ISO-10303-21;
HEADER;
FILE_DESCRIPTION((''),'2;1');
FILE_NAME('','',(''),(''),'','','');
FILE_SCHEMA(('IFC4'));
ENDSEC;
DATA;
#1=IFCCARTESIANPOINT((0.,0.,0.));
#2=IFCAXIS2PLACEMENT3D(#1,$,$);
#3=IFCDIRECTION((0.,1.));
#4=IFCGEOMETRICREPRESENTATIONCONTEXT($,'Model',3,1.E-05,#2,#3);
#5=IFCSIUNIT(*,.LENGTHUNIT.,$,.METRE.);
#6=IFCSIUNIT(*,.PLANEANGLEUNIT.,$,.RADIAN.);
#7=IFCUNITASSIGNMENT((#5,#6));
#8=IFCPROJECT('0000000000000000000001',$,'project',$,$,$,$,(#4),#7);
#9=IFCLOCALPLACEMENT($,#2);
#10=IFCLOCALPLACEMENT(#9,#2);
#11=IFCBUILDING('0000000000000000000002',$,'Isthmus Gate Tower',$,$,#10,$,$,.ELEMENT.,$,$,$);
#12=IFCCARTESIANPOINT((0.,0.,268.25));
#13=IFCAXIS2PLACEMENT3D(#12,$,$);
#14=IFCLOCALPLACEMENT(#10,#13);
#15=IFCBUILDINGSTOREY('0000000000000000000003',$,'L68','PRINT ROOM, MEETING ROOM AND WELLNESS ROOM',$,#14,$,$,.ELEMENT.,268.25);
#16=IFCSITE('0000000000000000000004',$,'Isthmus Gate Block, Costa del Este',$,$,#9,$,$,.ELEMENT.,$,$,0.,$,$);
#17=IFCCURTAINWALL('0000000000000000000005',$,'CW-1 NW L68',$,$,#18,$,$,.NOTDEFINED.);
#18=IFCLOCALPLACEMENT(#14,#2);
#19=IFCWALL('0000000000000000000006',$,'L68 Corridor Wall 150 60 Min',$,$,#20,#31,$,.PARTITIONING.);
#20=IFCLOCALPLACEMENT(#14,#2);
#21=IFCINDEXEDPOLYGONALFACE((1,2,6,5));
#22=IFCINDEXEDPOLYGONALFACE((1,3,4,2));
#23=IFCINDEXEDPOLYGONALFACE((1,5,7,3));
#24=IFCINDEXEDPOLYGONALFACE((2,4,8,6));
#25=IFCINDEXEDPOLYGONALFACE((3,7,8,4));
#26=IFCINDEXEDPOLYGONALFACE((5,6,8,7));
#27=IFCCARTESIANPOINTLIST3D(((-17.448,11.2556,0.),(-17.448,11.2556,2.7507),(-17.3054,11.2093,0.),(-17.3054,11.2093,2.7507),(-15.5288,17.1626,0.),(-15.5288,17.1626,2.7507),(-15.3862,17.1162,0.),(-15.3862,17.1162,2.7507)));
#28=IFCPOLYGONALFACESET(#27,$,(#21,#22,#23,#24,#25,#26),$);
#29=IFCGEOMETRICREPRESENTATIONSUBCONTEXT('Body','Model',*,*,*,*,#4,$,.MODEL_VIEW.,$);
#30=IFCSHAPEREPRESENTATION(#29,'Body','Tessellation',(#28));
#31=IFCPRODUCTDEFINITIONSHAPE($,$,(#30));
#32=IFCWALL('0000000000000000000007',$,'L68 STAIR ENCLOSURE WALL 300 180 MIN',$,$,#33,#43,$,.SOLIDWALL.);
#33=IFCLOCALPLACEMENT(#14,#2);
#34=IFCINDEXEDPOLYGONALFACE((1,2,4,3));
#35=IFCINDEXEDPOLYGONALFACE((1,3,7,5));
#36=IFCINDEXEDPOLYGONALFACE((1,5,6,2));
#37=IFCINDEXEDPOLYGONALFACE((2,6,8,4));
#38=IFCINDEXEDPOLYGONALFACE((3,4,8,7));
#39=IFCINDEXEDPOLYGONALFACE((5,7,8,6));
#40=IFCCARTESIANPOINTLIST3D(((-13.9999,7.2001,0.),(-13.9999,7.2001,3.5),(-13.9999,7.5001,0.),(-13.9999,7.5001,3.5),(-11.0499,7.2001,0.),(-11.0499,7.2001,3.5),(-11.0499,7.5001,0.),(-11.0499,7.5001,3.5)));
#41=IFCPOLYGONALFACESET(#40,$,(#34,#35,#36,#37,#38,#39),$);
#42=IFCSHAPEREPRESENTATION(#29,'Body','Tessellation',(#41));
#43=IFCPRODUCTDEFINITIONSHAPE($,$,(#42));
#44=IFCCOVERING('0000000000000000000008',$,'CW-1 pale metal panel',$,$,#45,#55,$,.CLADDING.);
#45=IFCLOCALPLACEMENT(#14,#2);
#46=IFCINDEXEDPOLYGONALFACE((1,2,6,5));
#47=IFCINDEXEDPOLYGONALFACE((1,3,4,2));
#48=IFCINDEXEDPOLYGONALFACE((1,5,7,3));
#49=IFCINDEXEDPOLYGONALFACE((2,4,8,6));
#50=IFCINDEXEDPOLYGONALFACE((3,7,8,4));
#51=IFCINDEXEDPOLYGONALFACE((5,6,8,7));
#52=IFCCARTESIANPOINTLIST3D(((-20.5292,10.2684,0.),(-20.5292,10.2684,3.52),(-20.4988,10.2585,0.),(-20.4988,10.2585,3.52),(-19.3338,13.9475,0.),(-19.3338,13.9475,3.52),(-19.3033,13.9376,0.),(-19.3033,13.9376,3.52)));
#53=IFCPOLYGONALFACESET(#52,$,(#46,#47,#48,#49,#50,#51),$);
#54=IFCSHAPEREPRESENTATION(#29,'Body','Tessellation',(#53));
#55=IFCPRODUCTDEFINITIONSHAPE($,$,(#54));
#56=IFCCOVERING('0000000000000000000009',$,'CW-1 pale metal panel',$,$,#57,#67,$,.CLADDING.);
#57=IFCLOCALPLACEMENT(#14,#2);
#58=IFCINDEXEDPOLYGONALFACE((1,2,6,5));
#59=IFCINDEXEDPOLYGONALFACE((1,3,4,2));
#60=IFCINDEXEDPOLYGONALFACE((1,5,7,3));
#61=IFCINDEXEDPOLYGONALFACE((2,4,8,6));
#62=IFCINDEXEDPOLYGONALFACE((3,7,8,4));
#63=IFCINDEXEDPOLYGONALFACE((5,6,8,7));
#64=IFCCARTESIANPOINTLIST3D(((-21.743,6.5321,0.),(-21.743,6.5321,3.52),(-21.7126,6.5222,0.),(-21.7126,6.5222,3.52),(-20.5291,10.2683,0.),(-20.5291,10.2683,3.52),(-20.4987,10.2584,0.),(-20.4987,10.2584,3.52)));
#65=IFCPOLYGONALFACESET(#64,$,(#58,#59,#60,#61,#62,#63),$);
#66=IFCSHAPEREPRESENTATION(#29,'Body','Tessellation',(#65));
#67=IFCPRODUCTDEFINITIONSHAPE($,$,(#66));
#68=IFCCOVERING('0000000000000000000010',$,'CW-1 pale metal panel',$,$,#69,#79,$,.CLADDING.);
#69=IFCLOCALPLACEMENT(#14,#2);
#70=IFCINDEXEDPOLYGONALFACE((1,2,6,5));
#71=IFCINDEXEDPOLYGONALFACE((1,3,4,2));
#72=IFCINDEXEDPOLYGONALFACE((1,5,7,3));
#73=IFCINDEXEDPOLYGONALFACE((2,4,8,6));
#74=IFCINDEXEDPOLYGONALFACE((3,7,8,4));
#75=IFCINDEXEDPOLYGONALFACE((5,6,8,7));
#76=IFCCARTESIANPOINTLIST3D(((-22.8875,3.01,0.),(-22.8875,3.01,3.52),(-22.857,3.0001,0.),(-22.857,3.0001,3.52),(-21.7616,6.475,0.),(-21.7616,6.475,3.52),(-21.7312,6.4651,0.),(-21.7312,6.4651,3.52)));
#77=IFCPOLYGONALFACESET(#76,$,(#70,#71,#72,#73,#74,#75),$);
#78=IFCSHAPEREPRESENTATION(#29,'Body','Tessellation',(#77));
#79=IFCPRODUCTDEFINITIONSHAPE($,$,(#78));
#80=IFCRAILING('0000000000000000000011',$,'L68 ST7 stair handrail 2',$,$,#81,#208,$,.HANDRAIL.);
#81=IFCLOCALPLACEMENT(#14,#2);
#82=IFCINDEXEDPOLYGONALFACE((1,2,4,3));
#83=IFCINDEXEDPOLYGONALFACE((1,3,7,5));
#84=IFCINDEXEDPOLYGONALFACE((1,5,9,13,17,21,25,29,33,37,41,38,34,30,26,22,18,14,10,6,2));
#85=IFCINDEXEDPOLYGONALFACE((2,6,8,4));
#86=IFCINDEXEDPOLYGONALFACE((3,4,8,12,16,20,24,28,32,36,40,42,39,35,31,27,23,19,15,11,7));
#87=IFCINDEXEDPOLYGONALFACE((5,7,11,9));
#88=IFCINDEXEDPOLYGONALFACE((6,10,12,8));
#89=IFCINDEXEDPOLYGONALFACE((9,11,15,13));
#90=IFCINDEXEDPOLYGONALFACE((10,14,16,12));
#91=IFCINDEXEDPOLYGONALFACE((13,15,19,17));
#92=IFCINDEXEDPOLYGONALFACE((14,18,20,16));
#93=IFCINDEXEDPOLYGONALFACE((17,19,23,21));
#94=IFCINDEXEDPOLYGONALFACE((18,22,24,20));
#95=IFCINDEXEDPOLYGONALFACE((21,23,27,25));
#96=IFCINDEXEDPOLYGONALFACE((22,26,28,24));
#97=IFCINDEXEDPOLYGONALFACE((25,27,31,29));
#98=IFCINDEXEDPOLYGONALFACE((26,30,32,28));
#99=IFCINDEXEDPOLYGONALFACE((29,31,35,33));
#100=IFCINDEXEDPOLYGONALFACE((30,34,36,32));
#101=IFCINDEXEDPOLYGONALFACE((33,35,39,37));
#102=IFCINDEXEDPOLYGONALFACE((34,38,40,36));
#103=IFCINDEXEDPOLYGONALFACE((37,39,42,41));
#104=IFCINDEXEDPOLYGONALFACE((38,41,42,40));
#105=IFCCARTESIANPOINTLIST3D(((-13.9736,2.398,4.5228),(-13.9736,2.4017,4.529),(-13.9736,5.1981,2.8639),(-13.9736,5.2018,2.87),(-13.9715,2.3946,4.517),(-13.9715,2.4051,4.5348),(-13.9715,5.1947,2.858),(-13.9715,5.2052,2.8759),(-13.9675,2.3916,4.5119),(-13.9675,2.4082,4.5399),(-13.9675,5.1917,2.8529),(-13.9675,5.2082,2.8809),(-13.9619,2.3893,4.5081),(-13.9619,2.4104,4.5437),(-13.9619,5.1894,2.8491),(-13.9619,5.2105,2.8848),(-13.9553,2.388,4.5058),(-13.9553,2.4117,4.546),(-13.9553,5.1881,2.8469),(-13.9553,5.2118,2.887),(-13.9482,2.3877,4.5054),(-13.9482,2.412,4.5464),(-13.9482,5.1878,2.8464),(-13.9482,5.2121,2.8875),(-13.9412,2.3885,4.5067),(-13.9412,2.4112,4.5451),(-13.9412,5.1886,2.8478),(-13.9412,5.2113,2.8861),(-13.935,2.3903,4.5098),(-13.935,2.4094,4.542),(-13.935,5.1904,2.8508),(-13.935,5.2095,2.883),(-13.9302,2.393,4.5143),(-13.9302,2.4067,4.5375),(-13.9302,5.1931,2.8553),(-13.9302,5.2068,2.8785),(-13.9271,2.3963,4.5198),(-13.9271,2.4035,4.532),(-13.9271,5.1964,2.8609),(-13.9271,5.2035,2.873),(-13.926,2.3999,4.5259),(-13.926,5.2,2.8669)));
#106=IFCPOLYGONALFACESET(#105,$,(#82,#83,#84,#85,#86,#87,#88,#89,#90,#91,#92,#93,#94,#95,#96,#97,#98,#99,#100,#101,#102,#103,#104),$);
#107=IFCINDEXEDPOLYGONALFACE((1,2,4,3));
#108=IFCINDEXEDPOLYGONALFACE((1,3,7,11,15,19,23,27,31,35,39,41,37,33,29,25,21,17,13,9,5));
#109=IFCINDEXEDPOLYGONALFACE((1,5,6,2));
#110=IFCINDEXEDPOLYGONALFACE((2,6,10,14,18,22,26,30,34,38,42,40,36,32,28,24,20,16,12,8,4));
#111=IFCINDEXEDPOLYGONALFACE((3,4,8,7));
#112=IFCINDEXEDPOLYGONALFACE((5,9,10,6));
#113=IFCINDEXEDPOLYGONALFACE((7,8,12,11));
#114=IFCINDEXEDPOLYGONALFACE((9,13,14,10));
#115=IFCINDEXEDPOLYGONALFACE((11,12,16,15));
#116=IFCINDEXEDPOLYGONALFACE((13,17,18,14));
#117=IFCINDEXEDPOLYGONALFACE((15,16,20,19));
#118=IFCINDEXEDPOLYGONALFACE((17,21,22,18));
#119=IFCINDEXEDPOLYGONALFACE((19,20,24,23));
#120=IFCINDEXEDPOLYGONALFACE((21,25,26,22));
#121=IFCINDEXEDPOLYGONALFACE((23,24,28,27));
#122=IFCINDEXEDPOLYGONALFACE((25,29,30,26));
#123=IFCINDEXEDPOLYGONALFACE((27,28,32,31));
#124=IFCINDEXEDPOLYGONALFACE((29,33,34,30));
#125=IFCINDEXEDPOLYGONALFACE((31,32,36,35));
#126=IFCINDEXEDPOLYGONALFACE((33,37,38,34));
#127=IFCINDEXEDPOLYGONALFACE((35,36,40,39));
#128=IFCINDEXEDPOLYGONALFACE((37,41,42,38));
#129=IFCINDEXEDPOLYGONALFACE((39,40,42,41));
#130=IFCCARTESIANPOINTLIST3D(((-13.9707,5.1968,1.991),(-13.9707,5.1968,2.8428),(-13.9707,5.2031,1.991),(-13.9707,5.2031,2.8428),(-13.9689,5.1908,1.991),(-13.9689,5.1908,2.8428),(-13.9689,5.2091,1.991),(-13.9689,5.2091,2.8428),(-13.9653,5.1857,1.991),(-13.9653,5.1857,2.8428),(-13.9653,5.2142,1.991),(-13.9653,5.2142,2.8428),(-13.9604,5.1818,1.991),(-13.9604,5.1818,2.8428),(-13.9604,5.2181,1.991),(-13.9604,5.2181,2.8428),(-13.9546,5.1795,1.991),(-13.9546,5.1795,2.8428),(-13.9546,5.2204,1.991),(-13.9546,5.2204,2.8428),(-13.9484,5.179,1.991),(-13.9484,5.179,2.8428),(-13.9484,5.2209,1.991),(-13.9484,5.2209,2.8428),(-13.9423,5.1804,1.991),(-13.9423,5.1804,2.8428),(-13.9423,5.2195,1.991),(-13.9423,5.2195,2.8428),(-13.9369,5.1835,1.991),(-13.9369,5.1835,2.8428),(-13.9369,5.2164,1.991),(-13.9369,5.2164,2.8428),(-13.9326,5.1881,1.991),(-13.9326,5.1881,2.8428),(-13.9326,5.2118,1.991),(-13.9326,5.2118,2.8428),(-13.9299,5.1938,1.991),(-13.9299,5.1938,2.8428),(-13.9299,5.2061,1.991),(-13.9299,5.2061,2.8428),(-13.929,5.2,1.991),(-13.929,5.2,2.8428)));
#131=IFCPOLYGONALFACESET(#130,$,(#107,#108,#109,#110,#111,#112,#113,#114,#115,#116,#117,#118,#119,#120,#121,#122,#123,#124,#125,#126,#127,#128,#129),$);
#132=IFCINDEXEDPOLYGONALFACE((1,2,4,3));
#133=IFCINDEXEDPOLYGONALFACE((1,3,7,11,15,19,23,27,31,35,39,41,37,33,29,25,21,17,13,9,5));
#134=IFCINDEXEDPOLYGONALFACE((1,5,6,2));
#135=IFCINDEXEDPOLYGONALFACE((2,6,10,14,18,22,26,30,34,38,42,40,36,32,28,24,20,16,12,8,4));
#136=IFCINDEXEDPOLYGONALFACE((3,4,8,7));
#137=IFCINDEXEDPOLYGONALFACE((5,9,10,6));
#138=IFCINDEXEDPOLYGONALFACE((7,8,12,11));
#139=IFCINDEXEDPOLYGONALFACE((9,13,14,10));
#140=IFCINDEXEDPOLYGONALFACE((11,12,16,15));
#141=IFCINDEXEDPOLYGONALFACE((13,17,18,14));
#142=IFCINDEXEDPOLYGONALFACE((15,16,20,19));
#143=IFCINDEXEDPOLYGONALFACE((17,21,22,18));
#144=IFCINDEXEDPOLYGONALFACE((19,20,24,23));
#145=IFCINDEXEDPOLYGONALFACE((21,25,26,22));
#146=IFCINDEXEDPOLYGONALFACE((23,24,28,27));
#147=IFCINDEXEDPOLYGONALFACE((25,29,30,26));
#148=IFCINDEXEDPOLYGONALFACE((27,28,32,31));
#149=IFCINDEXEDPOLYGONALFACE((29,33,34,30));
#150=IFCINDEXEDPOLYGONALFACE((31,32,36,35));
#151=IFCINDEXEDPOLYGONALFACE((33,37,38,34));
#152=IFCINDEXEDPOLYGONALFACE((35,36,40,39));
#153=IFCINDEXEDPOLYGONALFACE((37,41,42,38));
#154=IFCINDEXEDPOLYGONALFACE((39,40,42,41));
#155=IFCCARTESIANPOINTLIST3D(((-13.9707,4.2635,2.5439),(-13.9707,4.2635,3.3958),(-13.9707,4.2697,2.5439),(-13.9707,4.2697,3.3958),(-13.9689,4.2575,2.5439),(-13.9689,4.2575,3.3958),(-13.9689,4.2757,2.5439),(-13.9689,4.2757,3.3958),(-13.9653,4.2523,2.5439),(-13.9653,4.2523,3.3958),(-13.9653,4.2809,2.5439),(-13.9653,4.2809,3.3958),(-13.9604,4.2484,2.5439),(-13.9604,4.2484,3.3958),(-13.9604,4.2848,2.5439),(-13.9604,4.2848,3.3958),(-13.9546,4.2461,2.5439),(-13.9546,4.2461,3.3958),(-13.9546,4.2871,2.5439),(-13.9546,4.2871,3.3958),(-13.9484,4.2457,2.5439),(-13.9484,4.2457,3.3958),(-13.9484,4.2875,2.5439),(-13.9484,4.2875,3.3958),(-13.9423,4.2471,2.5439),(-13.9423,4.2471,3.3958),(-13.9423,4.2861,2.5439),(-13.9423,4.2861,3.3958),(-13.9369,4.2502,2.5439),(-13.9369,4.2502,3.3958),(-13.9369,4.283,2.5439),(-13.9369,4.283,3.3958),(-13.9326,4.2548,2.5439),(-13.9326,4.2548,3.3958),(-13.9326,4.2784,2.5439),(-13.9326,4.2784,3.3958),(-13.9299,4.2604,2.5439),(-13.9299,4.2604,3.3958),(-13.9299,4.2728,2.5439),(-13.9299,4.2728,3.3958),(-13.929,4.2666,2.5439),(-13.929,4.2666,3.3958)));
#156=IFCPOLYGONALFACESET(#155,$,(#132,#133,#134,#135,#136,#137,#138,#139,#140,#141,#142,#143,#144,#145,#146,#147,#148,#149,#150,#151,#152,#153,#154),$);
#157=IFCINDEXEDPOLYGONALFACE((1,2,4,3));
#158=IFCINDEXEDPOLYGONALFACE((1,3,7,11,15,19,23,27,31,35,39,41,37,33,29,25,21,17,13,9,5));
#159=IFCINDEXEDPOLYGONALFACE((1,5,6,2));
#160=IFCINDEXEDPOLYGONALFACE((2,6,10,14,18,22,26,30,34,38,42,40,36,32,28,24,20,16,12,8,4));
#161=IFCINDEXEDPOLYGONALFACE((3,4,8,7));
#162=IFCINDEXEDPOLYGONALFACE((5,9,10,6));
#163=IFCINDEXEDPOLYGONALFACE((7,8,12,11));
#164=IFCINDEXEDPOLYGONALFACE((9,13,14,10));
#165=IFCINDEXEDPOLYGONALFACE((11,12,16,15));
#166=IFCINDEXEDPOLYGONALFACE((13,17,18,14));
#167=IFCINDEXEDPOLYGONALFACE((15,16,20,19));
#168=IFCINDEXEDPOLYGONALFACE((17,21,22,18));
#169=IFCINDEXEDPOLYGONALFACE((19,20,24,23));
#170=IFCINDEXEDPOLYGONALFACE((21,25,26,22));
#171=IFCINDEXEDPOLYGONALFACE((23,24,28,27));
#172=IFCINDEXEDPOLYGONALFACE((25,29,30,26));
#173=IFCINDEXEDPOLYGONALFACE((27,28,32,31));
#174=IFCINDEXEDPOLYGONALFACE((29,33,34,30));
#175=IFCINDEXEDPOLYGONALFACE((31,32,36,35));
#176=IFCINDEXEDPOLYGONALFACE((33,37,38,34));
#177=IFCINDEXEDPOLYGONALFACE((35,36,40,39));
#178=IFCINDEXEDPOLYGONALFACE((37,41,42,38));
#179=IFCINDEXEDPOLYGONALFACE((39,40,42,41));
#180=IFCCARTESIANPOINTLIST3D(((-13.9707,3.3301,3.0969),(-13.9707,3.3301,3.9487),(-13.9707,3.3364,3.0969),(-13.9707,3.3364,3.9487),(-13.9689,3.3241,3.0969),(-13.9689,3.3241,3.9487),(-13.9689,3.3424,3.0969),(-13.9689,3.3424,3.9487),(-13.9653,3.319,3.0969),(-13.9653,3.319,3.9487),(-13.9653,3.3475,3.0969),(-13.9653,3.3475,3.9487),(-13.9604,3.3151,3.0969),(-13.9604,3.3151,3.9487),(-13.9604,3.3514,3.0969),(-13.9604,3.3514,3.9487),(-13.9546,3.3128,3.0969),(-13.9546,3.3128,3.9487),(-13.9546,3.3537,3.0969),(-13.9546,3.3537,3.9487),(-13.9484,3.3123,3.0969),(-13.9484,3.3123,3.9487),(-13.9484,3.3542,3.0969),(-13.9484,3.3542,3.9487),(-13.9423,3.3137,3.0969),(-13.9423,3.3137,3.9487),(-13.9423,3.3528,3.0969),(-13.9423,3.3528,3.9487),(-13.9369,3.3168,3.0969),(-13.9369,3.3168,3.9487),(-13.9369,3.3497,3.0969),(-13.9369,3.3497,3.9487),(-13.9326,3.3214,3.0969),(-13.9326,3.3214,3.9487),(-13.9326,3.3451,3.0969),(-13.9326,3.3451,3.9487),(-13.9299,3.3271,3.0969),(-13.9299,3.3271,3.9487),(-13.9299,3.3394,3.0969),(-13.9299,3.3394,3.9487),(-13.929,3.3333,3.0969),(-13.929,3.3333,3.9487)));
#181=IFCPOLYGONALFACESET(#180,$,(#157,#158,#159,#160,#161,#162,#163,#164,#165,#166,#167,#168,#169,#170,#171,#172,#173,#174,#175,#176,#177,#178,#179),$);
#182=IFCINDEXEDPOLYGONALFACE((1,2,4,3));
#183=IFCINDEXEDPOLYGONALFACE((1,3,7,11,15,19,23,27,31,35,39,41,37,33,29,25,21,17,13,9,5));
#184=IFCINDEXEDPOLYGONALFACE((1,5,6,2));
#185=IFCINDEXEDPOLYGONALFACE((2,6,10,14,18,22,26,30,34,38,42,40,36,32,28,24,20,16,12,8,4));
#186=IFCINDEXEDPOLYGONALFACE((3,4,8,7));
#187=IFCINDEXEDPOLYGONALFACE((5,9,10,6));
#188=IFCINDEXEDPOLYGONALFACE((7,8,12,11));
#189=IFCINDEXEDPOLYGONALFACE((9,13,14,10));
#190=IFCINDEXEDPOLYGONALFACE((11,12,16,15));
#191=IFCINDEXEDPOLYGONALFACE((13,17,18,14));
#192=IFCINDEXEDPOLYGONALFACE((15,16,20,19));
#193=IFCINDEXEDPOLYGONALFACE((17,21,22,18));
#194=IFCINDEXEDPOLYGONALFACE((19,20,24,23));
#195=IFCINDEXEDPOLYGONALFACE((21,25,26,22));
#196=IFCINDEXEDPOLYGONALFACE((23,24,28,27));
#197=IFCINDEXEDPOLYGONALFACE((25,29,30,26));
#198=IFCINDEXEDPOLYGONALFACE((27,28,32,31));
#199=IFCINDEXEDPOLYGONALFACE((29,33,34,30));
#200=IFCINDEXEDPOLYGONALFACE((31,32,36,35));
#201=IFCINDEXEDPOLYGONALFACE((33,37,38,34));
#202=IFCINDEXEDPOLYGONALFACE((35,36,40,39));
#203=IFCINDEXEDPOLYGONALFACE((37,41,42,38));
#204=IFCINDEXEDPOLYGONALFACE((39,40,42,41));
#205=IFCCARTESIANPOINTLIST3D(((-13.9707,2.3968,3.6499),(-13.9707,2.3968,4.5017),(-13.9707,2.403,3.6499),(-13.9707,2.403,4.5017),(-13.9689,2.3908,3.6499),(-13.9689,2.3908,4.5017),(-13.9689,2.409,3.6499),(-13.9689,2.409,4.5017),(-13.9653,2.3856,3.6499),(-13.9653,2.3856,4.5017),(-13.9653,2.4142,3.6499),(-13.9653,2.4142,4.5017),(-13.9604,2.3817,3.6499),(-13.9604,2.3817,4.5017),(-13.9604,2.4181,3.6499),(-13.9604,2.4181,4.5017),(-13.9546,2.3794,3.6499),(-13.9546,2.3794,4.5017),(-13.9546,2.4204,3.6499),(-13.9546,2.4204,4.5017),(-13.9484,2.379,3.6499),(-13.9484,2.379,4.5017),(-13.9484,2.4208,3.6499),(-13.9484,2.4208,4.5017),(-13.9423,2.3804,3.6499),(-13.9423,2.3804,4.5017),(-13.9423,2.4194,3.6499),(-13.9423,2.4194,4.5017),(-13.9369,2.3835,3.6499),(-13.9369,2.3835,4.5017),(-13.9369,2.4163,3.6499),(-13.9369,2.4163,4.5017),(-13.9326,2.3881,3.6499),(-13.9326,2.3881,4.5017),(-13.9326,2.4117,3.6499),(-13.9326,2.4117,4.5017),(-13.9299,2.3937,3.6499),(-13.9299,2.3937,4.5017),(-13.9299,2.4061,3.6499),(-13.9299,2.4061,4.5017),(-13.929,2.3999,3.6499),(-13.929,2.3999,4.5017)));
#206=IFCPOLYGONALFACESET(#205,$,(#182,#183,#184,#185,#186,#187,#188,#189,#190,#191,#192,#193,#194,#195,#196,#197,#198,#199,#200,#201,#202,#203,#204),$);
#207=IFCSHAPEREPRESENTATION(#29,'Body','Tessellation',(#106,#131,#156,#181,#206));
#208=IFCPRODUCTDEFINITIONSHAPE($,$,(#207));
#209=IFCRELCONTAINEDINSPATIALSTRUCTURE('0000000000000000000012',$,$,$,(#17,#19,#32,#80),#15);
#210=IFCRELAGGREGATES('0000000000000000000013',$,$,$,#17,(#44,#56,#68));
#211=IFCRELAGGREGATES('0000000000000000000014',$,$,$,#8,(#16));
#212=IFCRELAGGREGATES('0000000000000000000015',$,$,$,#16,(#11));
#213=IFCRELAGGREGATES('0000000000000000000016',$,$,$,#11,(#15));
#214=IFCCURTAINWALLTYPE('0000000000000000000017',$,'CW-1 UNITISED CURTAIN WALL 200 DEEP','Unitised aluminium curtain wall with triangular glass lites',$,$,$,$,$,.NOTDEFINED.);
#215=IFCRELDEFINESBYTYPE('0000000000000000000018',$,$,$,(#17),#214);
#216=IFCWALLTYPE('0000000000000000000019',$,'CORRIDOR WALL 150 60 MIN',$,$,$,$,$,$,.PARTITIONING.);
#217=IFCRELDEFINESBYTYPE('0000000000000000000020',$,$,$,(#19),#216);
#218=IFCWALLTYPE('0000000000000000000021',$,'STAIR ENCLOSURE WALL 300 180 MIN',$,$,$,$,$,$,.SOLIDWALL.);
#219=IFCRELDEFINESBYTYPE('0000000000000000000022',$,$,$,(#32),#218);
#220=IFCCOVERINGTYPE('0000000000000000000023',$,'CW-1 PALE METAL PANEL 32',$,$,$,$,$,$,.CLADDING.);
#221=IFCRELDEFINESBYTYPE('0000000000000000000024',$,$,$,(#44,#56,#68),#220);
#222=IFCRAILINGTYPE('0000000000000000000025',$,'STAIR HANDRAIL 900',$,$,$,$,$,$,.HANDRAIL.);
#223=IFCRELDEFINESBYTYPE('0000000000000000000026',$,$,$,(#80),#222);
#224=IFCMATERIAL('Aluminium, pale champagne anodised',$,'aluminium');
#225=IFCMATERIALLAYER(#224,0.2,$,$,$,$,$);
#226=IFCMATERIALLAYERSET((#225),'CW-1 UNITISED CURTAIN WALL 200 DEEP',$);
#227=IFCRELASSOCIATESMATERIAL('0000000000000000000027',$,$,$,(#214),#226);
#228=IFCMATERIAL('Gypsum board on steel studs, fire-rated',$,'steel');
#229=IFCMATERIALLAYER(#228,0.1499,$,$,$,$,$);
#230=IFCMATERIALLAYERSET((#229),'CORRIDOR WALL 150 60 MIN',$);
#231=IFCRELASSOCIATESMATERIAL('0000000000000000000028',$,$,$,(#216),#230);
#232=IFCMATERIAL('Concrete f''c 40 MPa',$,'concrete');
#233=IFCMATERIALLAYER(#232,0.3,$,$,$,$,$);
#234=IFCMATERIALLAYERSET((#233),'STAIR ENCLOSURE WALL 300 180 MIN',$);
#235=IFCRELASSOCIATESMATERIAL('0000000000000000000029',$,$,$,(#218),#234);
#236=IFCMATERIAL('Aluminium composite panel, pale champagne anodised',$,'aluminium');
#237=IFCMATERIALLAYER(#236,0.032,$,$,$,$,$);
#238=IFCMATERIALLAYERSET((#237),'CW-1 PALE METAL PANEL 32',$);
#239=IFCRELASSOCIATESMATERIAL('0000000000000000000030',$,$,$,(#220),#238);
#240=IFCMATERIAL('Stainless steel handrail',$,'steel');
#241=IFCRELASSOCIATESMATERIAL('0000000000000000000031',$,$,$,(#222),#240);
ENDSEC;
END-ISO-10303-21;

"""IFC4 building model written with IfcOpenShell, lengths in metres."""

from ifc_helpers import new_model, si_unit, direction, frame, frame_2d, origin, origin_2d, place, context, subcontext, project, spatial, rectangle, circle, extrude, material, layer, layer_set, type_object, element, aggregate, save


model = new_model("IFC4")

# Units and contexts
model_context = context("Model", 3, precision=1e-05, world=origin(), true_north=direction((0.0, 1.0)))
body_context = subcontext(model_context, "Body", "Model", "MODEL_VIEW")
ifc_project = project(units=[si_unit("LENGTHUNIT", "METRE"), si_unit("PLANEANGLEUNIT", "RADIAN")], contexts=[model_context])

# Site, building, storey
site_placement = place(None, origin())
site = spatial("IfcSite", under=ifc_project, at=site_placement, Name="Isthmus Gate Block, Costa del Este", CompositionType="ELEMENT", RefElevation=0.0)
building_placement = place(site_placement, origin())
building = spatial("IfcBuilding", under=site, at=building_placement, Name="Isthmus Gate Tower", CompositionType="ELEMENT")
storey_placement = place(building_placement, frame((0.0, 0.0, 268.25)))
storey = spatial("IfcBuildingStorey", under=building, at=storey_placement, Name="L68", Description="PRINT ROOM, MEETING ROOM AND WELLNESS ROOM", CompositionType="ELEMENT", Elevation=268.25)

# Curtain wall
ifc_material_1 = material(Name="Aluminium, pale champagne anodised", Category="aluminium")
ifc_layer_1 = layer(ifc_material_1, 0.2)
ifc_layer_set_1 = layer_set([ifc_layer_1], Name="CW-1 UNITISED CURTAIN WALL 200 DEEP")
curtain_wall_type = type_object("IfcCurtainWallType", Name="CW-1 UNITISED CURTAIN WALL 200 DEEP", Description="Unitised aluminium curtain wall with triangular glass lites", PredefinedType="NOTDEFINED", material=ifc_layer_set_1)
curtain_wall_placement = place(storey_placement, origin())
curtain_wall = element("IfcCurtainWall", 1, at=curtain_wall_placement, inside=storey, type_object=curtain_wall_type, Name="CW-1 NW L68", PredefinedType="NOTDEFINED")

# Walls
ifc_material_2 = material(Name="Gypsum board on steel studs, fire-rated", Category="steel")
ifc_layer_2 = layer(ifc_material_2, 0.1499)
ifc_layer_set_2 = layer_set([ifc_layer_2], Name="CORRIDOR WALL 150 60 MIN")
wall_type_1 = type_object("IfcWallType", Name="CORRIDOR WALL 150 60 MIN", PredefinedType="PARTITIONING", material=ifc_layer_set_2)
wall_1_placement = place(storey_placement, frame((-17.3767, 11.2324, 0.0), z_axis=(0.0, 0.0, 1.0), x_axis=(0.309002, 0.951062, 0.0)))
element("IfcWall", 2, at=wall_1_placement, inside=storey, type_object=wall_type_1, Name="L68 Corridor Wall 150 60 Min", PredefinedType="PARTITIONING", context=body_context, shape_type="SweptSolid", body=[
    extrude(rectangle(XDim=6.2109, YDim=0.1499, at=frame_2d((3.1055, 0.0))), origin(), (0.0, 0.0, 1.0), 2.7507),
])
ifc_material_3 = material(Name="Concrete f'c 40 MPa", Category="concrete")
ifc_layer_3 = layer(ifc_material_3, 0.3)
ifc_layer_set_3 = layer_set([ifc_layer_3], Name="STAIR ENCLOSURE WALL 300 180 MIN")
wall_type_2 = type_object("IfcWallType", Name="STAIR ENCLOSURE WALL 300 180 MIN", PredefinedType="SOLIDWALL", material=ifc_layer_set_3)
wall_2_placement = place(storey_placement, frame((-14.0, 7.3501, 0.0), z_axis=(0.0, 0.0, 1.0), x_axis=(1.0, 0.0, 0.0)))
element("IfcWall", 3, at=wall_2_placement, inside=storey, type_object=wall_type_2, Name="L68 STAIR ENCLOSURE WALL 300 180 MIN", PredefinedType="SOLIDWALL", context=body_context, shape_type="SweptSolid", body=[
    extrude(rectangle(XDim=2.95, YDim=0.3, at=frame_2d((1.4751, 0.0))), origin(), (0.0, 0.0, 1.0), 3.5),
])

# Coverings
ifc_material_4 = material(Name="Aluminium composite panel, pale champagne anodised", Category="aluminium")
ifc_layer_4 = layer(ifc_material_4, 0.032)
ifc_layer_set_4 = layer_set([ifc_layer_4], Name="CW-1 PALE METAL PANEL 32")
covering_type = type_object("IfcCoveringType", Name="CW-1 PALE METAL PANEL 32", PredefinedType="CLADDING", material=ifc_layer_set_4)
covering_1_placement = place(storey_placement, frame((-19.9163, 12.103, 0.0), z_axis=(0.0, 0.0, 1.0), x_axis=(-0.309017, -0.951057, 0.0)))
covering_1 = element("IfcCovering", 4, at=covering_1_placement, type_object=covering_type, Name="CW-1 pale metal panel", PredefinedType="CLADDING", context=body_context, shape_type="SweptSolid", body=[
    extrude(rectangle(XDim=3.8684, YDim=0.032, at=origin_2d()), origin(), (0.0, 0.0, 1.0), 3.52),
])
covering_2_placement = place(storey_placement, frame((-21.1208, 8.3953, 0.0), z_axis=(0.0, 0.0, 1.0), x_axis=(-0.309017, -0.951057, 0.0)))
covering_2 = element("IfcCovering", 5, at=covering_2_placement, type_object=covering_type, Name="CW-1 pale metal panel", PredefinedType="CLADDING", context=body_context, shape_type="SweptSolid", body=[
    extrude(rectangle(XDim=3.9285, YDim=0.032, at=origin_2d()), origin(), (0.0, 0.0, 1.0), 3.52),
])
covering_3_placement = place(storey_placement, frame((-22.3093, 4.7375, 0.0), z_axis=(0.0, 0.0, 1.0), x_axis=(-0.309017, -0.951057, 0.0)))
covering_3 = element("IfcCovering", 6, at=covering_3_placement, type_object=covering_type, Name="CW-1 pale metal panel", PredefinedType="CLADDING", context=body_context, shape_type="SweptSolid", body=[
    extrude(rectangle(XDim=3.6433, YDim=0.032, at=origin_2d()), origin(), (0.0, 0.0, 1.0), 3.52),
])
aggregate(curtain_wall, [covering_1, covering_2, covering_3])

# Railing
ifc_material_5 = material(Name="Stainless steel handrail", Category="steel")
railing_type = type_object("IfcRailingType", Name="STAIR HANDRAIL 900", PredefinedType="HANDRAIL", material=ifc_material_5)
railing_placement = place(storey_placement, frame((-13.95, 5.2, 1.991)))
element("IfcRailing", 7, at=railing_placement, inside=storey, type_object=railing_type, Name="L68 ST7 stair handrail 2", PredefinedType="HANDRAIL", context=body_context, shape_type="SweptSolid", body=[
    extrude(circle(Radius=0.0239, at=origin_2d()), frame((0.0, 0.0, 0.876), z_axis=(0.0, -0.860339, 0.509722), x_axis=(1.0, 0.0, 0.0)), (0.0, 0.0, 1.0), 3.2546),
    extrude(circle(Radius=0.021, at=origin_2d()), origin(), (0.0, 0.0, 1.0), 0.8518),
    extrude(circle(Radius=0.021, at=origin_2d()), frame((0.0, -0.9333, 0.553)), (0.0, 0.0, 1.0), 0.8518),
    extrude(circle(Radius=0.021, at=origin_2d()), frame((0.0, -1.8667, 1.106)), (0.0, 0.0, 1.0), 0.8518),
    extrude(circle(Radius=0.021, at=origin_2d()), frame((0.0, -2.8, 1.6589)), (0.0, 0.0, 1.0), 0.8518),
])

save(model, "model.ifc")
